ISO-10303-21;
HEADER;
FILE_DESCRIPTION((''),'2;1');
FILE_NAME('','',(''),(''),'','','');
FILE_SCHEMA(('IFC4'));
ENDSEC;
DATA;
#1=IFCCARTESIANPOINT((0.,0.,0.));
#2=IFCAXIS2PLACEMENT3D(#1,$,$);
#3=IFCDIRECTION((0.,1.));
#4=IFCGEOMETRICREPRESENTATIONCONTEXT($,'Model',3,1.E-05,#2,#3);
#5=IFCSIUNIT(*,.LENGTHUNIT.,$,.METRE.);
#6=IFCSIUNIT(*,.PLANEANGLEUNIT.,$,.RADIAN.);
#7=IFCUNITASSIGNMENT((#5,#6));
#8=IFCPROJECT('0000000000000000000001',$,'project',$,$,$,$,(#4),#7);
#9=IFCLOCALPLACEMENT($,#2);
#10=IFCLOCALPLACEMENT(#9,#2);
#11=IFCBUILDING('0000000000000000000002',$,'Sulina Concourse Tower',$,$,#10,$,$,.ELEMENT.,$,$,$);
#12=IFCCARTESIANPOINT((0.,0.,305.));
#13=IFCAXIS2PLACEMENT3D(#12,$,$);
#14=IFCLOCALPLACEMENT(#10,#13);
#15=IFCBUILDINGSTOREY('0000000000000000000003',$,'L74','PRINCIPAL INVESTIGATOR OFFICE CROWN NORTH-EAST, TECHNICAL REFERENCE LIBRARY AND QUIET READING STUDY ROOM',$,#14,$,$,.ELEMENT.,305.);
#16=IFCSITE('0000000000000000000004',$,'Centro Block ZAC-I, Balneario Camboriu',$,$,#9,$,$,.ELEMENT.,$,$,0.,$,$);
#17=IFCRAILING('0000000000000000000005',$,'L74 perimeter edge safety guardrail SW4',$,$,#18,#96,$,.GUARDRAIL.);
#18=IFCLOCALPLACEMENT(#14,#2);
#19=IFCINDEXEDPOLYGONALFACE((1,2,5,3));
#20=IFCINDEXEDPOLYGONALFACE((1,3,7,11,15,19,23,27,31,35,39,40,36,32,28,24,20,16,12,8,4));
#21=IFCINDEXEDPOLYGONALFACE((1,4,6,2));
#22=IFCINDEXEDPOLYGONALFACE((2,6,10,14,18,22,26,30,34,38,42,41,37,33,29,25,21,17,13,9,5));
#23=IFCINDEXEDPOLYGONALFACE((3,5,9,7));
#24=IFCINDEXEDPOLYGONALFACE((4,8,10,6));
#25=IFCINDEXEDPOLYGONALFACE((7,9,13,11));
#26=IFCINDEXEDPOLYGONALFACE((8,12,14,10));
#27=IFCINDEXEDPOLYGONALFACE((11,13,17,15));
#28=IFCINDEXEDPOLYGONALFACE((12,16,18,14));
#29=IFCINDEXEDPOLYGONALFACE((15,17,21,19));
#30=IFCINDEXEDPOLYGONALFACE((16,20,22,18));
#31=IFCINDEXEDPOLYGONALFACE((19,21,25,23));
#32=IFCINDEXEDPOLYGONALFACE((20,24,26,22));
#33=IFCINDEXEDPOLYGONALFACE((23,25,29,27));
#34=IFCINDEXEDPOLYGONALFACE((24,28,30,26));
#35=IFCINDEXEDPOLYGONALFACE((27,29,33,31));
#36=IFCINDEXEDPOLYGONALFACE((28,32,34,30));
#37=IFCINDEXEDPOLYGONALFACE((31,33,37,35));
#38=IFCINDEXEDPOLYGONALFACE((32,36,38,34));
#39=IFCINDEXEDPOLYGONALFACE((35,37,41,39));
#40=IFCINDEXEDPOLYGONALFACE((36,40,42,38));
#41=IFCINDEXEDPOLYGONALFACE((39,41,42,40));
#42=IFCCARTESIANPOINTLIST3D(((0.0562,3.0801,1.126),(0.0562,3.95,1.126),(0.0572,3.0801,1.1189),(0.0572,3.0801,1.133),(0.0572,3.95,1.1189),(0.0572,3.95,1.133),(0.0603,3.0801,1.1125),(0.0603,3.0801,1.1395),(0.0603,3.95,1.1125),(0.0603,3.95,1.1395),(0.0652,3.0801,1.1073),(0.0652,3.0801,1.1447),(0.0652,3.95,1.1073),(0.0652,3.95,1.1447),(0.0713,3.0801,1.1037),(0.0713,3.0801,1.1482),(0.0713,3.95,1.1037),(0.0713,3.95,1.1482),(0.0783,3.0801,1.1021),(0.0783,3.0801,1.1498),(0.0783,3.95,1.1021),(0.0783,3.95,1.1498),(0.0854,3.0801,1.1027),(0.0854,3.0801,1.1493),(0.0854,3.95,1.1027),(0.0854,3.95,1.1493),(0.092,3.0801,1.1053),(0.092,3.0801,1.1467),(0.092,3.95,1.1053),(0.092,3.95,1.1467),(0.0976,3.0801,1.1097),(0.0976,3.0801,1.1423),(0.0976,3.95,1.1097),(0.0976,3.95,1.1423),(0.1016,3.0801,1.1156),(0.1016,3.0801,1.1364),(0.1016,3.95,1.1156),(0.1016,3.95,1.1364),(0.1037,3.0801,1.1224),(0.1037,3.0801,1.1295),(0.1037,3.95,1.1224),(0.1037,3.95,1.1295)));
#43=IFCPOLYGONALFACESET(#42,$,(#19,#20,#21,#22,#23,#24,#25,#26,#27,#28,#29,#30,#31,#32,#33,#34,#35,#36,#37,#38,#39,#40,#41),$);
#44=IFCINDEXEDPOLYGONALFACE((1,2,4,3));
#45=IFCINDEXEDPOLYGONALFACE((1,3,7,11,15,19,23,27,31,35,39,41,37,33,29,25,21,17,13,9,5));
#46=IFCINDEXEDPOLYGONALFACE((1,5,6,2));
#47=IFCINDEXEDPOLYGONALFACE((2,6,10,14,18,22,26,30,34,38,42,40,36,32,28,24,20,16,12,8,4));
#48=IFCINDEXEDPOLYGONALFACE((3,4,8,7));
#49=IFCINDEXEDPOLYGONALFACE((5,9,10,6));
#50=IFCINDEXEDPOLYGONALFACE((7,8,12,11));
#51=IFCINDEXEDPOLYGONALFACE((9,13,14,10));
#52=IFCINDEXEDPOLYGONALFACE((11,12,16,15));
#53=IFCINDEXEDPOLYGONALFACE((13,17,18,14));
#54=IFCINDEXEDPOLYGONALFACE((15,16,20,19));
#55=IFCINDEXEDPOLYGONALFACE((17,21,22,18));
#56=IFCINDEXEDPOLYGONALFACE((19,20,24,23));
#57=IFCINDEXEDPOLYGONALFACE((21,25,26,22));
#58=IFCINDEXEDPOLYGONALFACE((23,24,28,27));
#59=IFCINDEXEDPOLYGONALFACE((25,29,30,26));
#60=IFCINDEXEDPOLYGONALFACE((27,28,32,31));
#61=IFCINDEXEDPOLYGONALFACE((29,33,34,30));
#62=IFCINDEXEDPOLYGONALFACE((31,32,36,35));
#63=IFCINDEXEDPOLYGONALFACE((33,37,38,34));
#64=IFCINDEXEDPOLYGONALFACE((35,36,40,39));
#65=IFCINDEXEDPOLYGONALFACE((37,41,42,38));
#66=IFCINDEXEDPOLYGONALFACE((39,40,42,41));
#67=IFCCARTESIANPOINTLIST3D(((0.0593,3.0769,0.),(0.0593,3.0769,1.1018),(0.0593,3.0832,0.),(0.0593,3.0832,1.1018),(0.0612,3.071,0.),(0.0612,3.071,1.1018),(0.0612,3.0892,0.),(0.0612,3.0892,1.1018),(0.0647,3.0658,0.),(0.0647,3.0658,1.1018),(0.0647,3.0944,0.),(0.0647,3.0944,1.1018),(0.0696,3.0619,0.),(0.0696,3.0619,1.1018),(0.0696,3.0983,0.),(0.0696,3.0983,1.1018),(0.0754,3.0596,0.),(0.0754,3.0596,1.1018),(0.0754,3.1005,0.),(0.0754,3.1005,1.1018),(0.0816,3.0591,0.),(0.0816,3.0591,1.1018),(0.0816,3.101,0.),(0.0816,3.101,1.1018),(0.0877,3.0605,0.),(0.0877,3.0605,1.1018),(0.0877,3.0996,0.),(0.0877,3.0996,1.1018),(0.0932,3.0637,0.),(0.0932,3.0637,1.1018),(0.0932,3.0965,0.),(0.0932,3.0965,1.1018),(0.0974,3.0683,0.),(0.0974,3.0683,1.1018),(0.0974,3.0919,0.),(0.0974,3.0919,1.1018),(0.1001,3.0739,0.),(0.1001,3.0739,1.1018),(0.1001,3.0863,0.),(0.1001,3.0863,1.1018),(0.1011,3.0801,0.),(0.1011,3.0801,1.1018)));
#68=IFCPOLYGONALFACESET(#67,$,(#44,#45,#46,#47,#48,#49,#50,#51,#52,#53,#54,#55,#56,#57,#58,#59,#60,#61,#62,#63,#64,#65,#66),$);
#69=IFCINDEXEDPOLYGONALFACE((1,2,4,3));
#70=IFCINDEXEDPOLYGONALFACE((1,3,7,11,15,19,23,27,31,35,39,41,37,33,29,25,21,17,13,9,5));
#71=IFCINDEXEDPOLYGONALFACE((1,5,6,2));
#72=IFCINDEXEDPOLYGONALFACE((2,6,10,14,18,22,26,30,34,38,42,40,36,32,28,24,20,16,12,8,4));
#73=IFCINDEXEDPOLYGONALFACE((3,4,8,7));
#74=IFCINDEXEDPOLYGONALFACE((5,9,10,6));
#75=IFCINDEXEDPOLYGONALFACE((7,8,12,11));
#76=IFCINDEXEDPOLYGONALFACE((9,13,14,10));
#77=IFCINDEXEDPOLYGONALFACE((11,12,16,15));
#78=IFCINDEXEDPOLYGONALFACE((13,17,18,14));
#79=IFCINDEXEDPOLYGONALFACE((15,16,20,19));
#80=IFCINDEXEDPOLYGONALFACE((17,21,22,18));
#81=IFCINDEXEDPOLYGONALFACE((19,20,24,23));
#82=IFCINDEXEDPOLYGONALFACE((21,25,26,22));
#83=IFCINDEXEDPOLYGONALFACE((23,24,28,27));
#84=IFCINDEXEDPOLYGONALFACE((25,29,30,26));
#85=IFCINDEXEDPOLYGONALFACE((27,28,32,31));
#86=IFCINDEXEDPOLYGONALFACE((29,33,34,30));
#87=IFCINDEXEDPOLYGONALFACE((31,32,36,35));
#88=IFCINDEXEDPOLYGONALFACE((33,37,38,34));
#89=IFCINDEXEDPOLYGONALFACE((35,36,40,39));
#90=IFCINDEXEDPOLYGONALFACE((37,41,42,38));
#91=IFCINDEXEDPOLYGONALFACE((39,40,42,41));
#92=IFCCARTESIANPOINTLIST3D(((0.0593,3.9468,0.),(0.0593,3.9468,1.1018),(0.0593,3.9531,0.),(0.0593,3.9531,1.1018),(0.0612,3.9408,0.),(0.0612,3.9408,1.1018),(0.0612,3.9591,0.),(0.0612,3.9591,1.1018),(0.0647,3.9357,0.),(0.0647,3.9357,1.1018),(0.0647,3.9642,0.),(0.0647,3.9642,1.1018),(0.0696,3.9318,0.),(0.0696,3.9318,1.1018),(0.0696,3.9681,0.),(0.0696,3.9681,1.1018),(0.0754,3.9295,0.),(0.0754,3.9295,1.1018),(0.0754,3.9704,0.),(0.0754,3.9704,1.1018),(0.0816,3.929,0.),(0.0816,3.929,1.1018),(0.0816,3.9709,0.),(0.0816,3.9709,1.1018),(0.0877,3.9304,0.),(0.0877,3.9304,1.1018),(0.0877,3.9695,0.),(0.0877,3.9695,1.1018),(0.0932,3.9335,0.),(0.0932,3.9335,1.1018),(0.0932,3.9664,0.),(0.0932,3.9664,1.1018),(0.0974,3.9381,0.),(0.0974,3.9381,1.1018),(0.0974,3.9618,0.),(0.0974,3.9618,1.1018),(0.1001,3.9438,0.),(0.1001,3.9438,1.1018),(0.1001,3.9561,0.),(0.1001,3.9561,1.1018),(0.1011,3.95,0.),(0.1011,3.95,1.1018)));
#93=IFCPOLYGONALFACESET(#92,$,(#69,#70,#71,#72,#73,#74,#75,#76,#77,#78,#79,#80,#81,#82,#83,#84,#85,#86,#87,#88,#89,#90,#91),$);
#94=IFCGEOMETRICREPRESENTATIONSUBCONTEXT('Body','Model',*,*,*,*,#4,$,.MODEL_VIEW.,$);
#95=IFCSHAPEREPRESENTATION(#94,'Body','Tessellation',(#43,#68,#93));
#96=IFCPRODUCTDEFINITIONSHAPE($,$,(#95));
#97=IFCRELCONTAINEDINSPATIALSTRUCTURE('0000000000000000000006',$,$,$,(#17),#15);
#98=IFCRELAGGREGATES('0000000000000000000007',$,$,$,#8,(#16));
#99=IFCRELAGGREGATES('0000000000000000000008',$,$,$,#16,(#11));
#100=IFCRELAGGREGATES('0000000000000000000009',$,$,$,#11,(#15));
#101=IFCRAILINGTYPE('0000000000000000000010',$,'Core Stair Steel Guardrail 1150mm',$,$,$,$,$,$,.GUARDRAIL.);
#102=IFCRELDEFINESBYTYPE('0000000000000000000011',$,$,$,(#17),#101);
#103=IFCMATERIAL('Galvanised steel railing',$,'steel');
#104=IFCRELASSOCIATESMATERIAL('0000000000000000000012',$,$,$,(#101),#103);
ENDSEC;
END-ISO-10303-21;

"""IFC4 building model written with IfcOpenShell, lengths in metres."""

from ifc_helpers import new_model, si_unit, direction, frame, origin, origin_2d, place, context, subcontext, project, spatial, circle, extrude, material, type_object, element, save


model = new_model("IFC4")

# Units and contexts
model_context = context("Model", 3, precision=1e-05, world=origin(), true_north=direction((0.0, 1.0)))
body_context = subcontext(model_context, "Body", "Model", "MODEL_VIEW")
ifc_project = project(units=[si_unit("LENGTHUNIT", "METRE"), si_unit("PLANEANGLEUNIT", "RADIAN")], contexts=[model_context])

# Site, building, storey
site_placement = place(None, origin())
site = spatial("IfcSite", under=ifc_project, at=site_placement, Name="Centro Block ZAC-I, Balneario Camboriu", CompositionType="ELEMENT", RefElevation=0.0)
building_placement = place(site_placement, origin())
building = spatial("IfcBuilding", under=site, at=building_placement, Name="Sulina Concourse Tower", CompositionType="ELEMENT")
storey_placement = place(building_placement, frame((0.0, 0.0, 305.0)))
storey = spatial("IfcBuildingStorey", under=building, at=storey_placement, Name="L74", Description="PRINCIPAL INVESTIGATOR OFFICE CROWN NORTH-EAST, TECHNICAL REFERENCE LIBRARY AND QUIET READING STUDY ROOM", CompositionType="ELEMENT", Elevation=305.0)

# Railing
ifc_material_1 = material(Name="Galvanised steel railing", Category="steel")
railing_type = type_object("IfcRailingType", Name="Core Stair Steel Guardrail 1150mm", PredefinedType="GUARDRAIL", material=ifc_material_1)
railing_1_placement = place(storey_placement, frame((0.0801, 3.0801, 0.0)))
element("IfcRailing", 1, at=railing_1_placement, inside=storey, type_object=railing_type, Name="L74 perimeter edge safety guardrail SW4", PredefinedType="GUARDRAIL", context=body_context, shape_type="SweptSolid", body=[
    extrude(circle(Radius=0.0239, at=origin_2d()), frame((0.0, 0.0, 1.126), z_axis=(0.0, 1.0, 0.0), x_axis=(-1.0, 0.0, 0.0)), (0.0, 0.0, 1.0), 0.8699),
    extrude(circle(Radius=0.021, at=origin_2d()), origin(), (0.0, 0.0, 1.0), 1.1018),
    extrude(circle(Radius=0.021, at=origin_2d()), frame((0.0, 0.8699, 0.0)), (0.0, 0.0, 1.0), 1.1018),
])

save(model, "model.ifc")
